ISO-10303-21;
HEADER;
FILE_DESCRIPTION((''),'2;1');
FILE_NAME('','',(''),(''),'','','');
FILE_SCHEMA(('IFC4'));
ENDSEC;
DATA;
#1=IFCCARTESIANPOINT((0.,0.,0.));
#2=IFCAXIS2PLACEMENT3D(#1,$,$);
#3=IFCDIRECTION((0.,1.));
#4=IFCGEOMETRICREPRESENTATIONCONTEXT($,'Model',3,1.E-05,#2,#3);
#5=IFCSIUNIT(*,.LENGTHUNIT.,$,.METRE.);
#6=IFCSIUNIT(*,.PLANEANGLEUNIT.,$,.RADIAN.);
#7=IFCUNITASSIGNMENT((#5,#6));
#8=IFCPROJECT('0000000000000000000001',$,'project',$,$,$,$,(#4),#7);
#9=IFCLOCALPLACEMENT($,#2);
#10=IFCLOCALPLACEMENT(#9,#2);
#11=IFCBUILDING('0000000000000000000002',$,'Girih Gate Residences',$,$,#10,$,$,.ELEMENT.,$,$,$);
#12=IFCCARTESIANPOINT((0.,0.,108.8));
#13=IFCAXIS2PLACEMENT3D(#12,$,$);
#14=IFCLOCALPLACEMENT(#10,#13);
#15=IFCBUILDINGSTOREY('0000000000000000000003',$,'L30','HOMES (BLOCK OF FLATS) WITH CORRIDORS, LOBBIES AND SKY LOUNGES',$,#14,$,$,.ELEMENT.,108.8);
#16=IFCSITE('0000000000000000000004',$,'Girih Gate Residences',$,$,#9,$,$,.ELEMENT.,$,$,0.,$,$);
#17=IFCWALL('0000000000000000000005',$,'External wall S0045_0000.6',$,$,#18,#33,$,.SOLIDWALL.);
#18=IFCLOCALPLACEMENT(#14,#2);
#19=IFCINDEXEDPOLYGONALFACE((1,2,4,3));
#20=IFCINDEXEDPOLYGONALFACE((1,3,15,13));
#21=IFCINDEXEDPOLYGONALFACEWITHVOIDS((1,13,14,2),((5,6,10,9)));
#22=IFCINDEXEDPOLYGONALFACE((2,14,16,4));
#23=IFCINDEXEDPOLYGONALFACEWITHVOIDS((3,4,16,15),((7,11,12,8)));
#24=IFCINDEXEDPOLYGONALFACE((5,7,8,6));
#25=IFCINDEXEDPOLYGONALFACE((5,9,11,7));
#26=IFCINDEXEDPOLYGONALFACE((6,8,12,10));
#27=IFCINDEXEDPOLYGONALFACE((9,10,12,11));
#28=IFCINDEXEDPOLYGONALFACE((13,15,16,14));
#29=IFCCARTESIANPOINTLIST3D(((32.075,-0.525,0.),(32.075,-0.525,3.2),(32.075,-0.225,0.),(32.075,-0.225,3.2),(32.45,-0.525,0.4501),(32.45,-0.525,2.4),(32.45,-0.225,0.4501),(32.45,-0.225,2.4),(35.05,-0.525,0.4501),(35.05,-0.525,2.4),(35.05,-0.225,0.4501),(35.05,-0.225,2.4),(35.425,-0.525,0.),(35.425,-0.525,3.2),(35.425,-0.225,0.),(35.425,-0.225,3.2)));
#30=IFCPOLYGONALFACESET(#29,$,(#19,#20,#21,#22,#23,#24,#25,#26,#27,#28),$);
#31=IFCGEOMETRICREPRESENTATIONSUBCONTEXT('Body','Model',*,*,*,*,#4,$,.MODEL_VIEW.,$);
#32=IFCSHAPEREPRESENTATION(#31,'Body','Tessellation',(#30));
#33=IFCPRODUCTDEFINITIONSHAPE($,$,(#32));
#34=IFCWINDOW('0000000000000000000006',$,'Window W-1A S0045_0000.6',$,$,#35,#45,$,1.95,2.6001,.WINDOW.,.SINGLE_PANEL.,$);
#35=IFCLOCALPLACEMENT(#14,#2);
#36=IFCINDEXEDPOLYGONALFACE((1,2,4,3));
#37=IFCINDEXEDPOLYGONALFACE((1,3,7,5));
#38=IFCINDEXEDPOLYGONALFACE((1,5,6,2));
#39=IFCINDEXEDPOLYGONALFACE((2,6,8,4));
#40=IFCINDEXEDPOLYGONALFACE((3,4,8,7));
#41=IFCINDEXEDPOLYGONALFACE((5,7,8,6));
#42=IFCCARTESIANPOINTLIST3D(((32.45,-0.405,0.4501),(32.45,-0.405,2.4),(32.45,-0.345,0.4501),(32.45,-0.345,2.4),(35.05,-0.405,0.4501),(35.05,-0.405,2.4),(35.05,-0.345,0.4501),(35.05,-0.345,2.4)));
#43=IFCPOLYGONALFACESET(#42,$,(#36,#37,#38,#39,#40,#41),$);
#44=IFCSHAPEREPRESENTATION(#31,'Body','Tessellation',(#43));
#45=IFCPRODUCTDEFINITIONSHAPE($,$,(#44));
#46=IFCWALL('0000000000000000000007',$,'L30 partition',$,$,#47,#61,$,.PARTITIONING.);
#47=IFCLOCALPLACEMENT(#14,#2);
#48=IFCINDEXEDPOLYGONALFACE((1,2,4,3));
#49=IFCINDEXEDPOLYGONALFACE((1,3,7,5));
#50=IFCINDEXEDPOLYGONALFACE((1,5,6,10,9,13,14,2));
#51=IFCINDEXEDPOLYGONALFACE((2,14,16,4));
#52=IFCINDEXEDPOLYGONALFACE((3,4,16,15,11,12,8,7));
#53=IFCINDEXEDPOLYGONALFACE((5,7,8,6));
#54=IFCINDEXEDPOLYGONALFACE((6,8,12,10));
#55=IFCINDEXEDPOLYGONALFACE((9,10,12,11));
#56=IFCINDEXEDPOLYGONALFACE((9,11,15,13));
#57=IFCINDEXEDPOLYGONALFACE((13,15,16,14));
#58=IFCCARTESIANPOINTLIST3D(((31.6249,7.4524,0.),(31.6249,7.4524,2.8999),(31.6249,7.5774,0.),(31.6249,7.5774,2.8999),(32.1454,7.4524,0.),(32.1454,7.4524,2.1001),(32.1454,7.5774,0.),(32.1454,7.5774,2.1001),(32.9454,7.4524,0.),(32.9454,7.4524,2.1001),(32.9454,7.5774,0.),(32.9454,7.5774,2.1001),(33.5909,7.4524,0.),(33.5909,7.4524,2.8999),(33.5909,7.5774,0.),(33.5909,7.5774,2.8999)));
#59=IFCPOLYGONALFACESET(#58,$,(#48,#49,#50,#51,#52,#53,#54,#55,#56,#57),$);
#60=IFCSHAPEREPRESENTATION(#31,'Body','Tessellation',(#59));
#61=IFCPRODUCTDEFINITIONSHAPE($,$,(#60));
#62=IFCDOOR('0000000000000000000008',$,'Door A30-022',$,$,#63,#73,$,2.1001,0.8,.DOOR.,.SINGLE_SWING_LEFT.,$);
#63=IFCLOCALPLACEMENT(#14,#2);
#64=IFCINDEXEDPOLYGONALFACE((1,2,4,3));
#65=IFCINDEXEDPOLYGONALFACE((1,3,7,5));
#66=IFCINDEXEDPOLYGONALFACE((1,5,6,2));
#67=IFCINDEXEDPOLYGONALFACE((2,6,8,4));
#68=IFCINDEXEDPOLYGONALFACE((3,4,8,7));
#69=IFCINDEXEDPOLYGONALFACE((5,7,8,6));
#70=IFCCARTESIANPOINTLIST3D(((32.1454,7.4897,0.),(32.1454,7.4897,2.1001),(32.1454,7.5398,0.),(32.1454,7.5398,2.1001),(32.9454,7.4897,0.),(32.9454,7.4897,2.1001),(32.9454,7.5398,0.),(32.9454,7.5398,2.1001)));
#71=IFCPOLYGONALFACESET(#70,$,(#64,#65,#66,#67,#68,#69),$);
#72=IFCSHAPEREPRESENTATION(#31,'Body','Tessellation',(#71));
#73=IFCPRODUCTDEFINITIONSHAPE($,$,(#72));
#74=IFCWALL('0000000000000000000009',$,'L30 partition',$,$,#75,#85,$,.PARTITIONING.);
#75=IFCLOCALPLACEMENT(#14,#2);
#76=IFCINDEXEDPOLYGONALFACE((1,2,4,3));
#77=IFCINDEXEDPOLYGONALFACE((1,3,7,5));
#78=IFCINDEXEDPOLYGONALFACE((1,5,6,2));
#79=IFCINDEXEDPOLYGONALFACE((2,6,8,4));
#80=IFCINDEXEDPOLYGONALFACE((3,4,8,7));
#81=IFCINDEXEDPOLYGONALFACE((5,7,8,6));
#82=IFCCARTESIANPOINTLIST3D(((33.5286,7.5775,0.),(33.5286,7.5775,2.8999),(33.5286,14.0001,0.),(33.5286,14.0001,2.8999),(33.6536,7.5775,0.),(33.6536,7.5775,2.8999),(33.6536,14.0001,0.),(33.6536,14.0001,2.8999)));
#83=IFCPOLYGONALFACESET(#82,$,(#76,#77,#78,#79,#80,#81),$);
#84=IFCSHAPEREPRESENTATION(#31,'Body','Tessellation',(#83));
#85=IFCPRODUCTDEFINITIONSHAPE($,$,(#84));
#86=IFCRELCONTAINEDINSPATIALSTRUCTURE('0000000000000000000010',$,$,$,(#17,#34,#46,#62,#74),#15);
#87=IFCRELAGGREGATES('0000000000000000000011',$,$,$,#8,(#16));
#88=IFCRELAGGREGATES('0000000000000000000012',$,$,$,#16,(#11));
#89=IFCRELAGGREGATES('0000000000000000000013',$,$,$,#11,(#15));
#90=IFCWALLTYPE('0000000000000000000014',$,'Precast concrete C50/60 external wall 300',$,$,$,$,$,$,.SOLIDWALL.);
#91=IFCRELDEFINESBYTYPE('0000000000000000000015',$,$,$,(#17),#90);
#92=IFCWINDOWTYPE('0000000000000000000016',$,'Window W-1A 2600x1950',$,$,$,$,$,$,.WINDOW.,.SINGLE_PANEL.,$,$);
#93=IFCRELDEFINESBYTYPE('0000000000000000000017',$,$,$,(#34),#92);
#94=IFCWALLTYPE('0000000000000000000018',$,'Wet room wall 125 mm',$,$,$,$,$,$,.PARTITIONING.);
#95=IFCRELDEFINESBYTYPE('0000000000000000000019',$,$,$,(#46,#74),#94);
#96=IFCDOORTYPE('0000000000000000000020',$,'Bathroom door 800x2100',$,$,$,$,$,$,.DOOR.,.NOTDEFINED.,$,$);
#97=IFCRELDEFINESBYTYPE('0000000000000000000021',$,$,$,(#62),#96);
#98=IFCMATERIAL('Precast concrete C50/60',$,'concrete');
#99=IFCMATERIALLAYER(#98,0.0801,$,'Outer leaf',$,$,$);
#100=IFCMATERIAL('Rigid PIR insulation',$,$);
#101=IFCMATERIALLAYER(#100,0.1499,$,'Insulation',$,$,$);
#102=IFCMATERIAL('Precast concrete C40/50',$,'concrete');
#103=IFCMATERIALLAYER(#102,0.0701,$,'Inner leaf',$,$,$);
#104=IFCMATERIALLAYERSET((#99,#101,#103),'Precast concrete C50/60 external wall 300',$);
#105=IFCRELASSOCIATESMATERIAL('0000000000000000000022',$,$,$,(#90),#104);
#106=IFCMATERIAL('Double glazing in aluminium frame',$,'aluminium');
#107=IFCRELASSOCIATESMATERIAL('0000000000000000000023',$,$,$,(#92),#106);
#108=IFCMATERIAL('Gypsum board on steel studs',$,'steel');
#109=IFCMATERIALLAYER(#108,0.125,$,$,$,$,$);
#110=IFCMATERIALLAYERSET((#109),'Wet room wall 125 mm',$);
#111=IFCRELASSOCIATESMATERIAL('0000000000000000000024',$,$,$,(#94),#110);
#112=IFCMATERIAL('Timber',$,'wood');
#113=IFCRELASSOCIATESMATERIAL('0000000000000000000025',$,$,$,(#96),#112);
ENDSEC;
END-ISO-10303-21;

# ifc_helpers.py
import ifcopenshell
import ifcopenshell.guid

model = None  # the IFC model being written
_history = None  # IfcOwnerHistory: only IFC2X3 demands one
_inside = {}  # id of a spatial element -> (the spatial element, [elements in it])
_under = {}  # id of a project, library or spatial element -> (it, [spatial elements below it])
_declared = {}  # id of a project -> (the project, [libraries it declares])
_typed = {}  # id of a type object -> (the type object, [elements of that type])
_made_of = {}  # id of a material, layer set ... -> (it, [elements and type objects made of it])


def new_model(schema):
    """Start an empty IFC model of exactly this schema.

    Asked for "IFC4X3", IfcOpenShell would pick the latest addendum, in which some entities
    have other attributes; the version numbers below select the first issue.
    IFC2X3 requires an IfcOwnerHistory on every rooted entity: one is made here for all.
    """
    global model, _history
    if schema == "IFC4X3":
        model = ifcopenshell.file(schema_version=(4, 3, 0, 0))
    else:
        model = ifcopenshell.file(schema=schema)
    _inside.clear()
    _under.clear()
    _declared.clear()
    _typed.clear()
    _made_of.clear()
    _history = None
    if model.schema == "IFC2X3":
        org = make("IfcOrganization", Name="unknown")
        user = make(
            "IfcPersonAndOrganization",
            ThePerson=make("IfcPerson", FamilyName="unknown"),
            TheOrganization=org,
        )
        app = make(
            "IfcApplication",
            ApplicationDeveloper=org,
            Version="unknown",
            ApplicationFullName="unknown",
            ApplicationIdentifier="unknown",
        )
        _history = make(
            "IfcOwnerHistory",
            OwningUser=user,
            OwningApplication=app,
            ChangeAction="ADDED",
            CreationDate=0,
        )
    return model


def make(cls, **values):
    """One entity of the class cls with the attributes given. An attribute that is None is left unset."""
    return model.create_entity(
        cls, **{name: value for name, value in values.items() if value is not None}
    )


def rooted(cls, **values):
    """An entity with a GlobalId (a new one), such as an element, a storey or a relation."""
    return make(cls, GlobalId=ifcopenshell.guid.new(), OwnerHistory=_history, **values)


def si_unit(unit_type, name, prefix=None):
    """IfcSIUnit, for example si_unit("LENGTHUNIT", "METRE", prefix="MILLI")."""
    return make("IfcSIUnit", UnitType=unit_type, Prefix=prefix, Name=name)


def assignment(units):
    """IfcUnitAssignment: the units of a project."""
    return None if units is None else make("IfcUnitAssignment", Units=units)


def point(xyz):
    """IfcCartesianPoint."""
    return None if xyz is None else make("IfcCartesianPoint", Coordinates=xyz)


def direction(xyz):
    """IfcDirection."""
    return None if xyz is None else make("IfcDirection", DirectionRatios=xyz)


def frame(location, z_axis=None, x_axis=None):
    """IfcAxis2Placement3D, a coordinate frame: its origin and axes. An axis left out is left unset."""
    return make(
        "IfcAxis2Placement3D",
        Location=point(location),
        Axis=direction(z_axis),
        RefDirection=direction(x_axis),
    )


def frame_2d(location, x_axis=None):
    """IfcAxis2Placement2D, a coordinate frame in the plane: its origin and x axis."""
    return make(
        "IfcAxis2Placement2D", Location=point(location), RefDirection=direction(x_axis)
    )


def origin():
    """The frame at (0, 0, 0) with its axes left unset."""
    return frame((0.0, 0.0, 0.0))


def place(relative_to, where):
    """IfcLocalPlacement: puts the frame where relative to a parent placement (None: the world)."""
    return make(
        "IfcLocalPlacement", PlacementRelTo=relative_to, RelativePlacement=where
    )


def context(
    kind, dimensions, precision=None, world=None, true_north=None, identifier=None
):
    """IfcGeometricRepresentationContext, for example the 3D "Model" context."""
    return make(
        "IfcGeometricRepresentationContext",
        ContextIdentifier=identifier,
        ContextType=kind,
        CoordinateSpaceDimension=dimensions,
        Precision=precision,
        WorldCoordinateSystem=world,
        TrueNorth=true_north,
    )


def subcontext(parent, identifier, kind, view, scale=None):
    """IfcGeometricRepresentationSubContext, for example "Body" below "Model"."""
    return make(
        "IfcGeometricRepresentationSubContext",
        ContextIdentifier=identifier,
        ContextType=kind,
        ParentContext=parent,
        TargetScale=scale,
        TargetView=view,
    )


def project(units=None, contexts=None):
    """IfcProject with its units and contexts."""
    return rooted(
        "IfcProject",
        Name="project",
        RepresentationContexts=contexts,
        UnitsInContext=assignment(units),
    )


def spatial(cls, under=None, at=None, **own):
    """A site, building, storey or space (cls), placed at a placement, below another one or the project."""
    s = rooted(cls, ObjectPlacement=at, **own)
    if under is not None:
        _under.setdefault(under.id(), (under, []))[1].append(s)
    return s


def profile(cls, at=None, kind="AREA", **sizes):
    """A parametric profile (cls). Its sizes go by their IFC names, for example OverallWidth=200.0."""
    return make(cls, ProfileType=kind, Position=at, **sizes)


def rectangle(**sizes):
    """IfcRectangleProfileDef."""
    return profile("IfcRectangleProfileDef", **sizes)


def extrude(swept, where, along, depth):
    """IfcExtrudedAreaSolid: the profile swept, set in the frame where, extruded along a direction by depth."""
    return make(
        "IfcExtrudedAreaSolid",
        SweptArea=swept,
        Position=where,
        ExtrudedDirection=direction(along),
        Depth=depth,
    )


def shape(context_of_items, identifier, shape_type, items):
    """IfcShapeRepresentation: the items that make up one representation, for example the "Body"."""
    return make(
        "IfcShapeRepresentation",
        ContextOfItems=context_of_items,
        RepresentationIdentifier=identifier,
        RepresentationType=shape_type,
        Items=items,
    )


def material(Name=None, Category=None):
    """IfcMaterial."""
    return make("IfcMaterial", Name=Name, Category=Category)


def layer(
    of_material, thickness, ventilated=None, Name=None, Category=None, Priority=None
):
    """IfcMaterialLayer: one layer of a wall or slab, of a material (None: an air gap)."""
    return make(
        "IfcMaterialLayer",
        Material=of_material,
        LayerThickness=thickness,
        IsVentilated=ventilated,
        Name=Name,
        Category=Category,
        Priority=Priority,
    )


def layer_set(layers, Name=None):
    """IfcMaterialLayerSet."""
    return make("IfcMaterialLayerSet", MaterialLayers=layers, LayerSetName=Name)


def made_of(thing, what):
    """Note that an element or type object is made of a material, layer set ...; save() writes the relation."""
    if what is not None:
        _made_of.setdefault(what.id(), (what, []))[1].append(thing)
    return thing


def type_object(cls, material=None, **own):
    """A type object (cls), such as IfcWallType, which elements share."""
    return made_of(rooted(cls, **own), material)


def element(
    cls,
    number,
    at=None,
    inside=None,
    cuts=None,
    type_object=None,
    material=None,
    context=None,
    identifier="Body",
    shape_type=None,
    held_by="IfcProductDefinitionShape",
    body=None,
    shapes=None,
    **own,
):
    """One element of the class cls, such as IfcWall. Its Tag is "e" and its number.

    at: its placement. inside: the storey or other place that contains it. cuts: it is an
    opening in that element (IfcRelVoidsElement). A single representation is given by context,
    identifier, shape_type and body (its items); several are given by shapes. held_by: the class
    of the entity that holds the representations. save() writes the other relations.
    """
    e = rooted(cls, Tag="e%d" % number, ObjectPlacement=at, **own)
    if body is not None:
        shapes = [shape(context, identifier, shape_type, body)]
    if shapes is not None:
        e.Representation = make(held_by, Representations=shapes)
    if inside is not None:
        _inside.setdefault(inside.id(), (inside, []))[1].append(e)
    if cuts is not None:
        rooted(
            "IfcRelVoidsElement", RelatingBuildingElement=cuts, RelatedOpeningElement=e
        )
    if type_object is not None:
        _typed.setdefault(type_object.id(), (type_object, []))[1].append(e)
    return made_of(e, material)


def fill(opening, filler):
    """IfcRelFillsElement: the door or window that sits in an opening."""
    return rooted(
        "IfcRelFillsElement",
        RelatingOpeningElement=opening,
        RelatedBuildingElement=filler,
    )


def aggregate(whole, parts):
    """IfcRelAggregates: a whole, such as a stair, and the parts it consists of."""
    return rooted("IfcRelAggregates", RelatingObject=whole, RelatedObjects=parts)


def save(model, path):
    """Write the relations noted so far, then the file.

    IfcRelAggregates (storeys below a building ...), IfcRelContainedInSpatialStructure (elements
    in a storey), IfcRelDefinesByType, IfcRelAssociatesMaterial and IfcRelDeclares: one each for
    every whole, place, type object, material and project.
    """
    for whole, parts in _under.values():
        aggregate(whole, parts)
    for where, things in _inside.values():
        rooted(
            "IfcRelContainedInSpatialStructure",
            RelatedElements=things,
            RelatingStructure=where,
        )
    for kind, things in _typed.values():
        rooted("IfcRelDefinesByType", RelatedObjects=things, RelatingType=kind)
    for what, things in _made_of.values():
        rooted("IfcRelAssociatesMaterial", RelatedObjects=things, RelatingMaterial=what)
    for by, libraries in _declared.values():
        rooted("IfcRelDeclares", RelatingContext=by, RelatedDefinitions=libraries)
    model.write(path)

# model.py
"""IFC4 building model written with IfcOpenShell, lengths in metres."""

from ifc_helpers import new_model, si_unit, direction, frame, frame_2d, origin, place, context, subcontext, project, spatial, rectangle, extrude, material, layer, layer_set, type_object, element, fill, save


model = new_model("IFC4")

# Units and contexts
model_context = context("Model", 3, precision=1e-05, world=origin(), true_north=direction((0.0, 1.0)))
body_context = subcontext(model_context, "Body", "Model", "MODEL_VIEW")
ifc_project = project(units=[si_unit("LENGTHUNIT", "METRE"), si_unit("PLANEANGLEUNIT", "RADIAN")], contexts=[model_context])

# Site, building, storey
site_placement = place(None, origin())
site = spatial("IfcSite", under=ifc_project, at=site_placement, Name="Girih Gate Residences", CompositionType="ELEMENT", RefElevation=0.0)
building_placement = place(site_placement, origin())
building = spatial("IfcBuilding", under=site, at=building_placement, Name="Girih Gate Residences", CompositionType="ELEMENT")
storey_placement = place(building_placement, frame((0.0, 0.0, 108.8)))
storey = spatial("IfcBuildingStorey", under=building, at=storey_placement, Name="L30", Description="HOMES (BLOCK OF FLATS) WITH CORRIDORS, LOBBIES AND SKY LOUNGES", CompositionType="ELEMENT", Elevation=108.8)

# Shared definitions
ifc_material_1 = material(Name="Gypsum board on steel studs", Category="steel")

# Shared definitions
ifc_material_2 = material(Name="Timber", Category="wood")

# Wall, opening, window
ifc_material_3 = material(Name="Precast concrete C50/60", Category="concrete")
ifc_layer_1 = layer(ifc_material_3, 0.0801, Name="Outer leaf")
ifc_material_4 = material(Name="Rigid PIR insulation")
ifc_layer_2 = layer(ifc_material_4, 0.1499, Name="Insulation")
ifc_material_5 = material(Name="Precast concrete C40/50", Category="concrete")
ifc_layer_3 = layer(ifc_material_5, 0.0701, Name="Inner leaf")
ifc_layer_set_1 = layer_set([ifc_layer_1, ifc_layer_2, ifc_layer_3], Name="Precast concrete C50/60 external wall 300")
wall_type_1 = type_object("IfcWallType", Name="Precast concrete C50/60 external wall 300", PredefinedType="SOLIDWALL", material=ifc_layer_set_1)
ifc_material_6 = material(Name="Double glazing in aluminium frame", Category="aluminium")
window_type = type_object("IfcWindowType", Name="Window W-1A 2600x1950", PartitioningType="SINGLE_PANEL", PredefinedType="WINDOW", material=ifc_material_6)
wall_1_placement = place(storey_placement, frame((35.425, -0.375, 0.0), z_axis=(0.0, 0.0, 1.0), x_axis=(-1.0, 0.0, 0.0)))
wall_1 = element("IfcWall", 1, at=wall_1_placement, inside=storey, type_object=wall_type_1, Name="External wall S0045_0000.6", PredefinedType="SOLIDWALL", context=body_context, shape_type="SweptSolid", body=[
    extrude(rectangle(XDim=3.3501, YDim=0.3, at=frame_2d((1.675, 0.0))), origin(), (0.0, 0.0, 1.0), 3.2),
])
opening_1_placement = place(wall_1_placement, frame((0.375, 0.0, 0.45)))
opening_1 = element("IfcOpeningElement", 2, at=opening_1_placement, cuts=wall_1, PredefinedType="OPENING", context=body_context, shape_type="SweptSolid", body=[
    extrude(rectangle(XDim=2.6001, YDim=1.95, at=frame_2d((1.3, 0.9751))), frame((0.0, 0.1599, 0.0), z_axis=(0.0, -1.0, 0.0), x_axis=(1.0, 0.0, 0.0)), (0.0, 0.0, 1.0), 0.3201),
])
window_1_placement = place(opening_1_placement, origin())
window_1 = element("IfcWindow", 3, at=window_1_placement, inside=storey, type_object=window_type, Name="Window W-1A S0045_0000.6", OverallHeight=1.95, OverallWidth=2.6001, PartitioningType="SINGLE_PANEL", PredefinedType="WINDOW", context=body_context, shape_type="SweptSolid", body=[
    extrude(rectangle(XDim=2.6001, YDim=1.95, at=frame_2d((1.3, 0.9751))), frame((0.0, 0.03, 0.0), z_axis=(0.0, -1.0, 0.0), x_axis=(1.0, 0.0, 0.0)), (0.0, 0.0, 1.0), 0.0601),
])
fill(opening_1, window_1)

# Wall, opening, door
ifc_layer_4 = layer(ifc_material_1, 0.125)
ifc_layer_set_2 = layer_set([ifc_layer_4], Name="Wet room wall 125 mm")
wall_type_2 = type_object("IfcWallType", Name="Wet room wall 125 mm", PredefinedType="PARTITIONING", material=ifc_layer_set_2)
wall_2_placement = place(storey_placement, frame((31.625, 7.5149, 0.0), z_axis=(0.0, 0.0, 1.0), x_axis=(1.0, 0.0, 0.0)))
wall_2 = element("IfcWall", 4, at=wall_2_placement, inside=storey, type_object=wall_type_2, Name="L30 partition", PredefinedType="PARTITIONING", context=body_context, shape_type="SweptSolid", body=[
    extrude(rectangle(XDim=1.9661, YDim=0.125, at=frame_2d((0.9829, 0.0))), origin(), (0.0, 0.0, 1.0), 2.8999),
])
opening_2_placement = place(wall_2_placement, frame((0.5205, 0.0, 0.0)))
opening_2 = element("IfcOpeningElement", 5, at=opening_2_placement, cuts=wall_2, PredefinedType="OPENING", context=body_context, shape_type="SweptSolid", body=[
    extrude(rectangle(XDim=0.8, YDim=2.1001, at=frame_2d((0.3999, 1.05))), frame((0.0, 0.0725, 0.0), z_axis=(0.0, -1.0, 0.0), x_axis=(1.0, 0.0, 0.0)), (0.0, 0.0, 1.0), 0.145),
])
door_type_1 = type_object("IfcDoorType", Name="Bathroom door 800x2100", OperationType="NOTDEFINED", PredefinedType="DOOR", material=ifc_material_2)
door_1_placement = place(opening_2_placement, origin())
door_1 = element("IfcDoor", 6, at=door_1_placement, inside=storey, type_object=door_type_1, Name="Door A30-022", OperationType="SINGLE_SWING_LEFT", OverallHeight=2.1001, OverallWidth=0.8, PredefinedType="DOOR", context=body_context, shape_type="SweptSolid", body=[
    extrude(rectangle(XDim=0.8, YDim=2.1001, at=frame_2d((0.3999, 1.05))), frame((0.0, 0.0249, 0.0), z_axis=(0.0, -1.0, 0.0), x_axis=(1.0, 0.0, 0.0)), (0.0, 0.0, 1.0), 0.05),
])
fill(opening_2, door_1)

# Wall
wall_3_placement = place(storey_placement, frame((33.5911, 7.5774, 0.0), z_axis=(0.0, 0.0, 1.0), x_axis=(0.0, 1.0, 0.0)))
element("IfcWall", 7, at=wall_3_placement, inside=storey, type_object=wall_type_2, Name="L30 partition", PredefinedType="PARTITIONING", context=body_context, shape_type="SweptSolid", body=[
    extrude(rectangle(XDim=6.4226, YDim=0.125, at=frame_2d((3.2114, 0.0))), origin(), (0.0, 0.0, 1.0), 2.8999),
])

save(model, "model.ifc")
